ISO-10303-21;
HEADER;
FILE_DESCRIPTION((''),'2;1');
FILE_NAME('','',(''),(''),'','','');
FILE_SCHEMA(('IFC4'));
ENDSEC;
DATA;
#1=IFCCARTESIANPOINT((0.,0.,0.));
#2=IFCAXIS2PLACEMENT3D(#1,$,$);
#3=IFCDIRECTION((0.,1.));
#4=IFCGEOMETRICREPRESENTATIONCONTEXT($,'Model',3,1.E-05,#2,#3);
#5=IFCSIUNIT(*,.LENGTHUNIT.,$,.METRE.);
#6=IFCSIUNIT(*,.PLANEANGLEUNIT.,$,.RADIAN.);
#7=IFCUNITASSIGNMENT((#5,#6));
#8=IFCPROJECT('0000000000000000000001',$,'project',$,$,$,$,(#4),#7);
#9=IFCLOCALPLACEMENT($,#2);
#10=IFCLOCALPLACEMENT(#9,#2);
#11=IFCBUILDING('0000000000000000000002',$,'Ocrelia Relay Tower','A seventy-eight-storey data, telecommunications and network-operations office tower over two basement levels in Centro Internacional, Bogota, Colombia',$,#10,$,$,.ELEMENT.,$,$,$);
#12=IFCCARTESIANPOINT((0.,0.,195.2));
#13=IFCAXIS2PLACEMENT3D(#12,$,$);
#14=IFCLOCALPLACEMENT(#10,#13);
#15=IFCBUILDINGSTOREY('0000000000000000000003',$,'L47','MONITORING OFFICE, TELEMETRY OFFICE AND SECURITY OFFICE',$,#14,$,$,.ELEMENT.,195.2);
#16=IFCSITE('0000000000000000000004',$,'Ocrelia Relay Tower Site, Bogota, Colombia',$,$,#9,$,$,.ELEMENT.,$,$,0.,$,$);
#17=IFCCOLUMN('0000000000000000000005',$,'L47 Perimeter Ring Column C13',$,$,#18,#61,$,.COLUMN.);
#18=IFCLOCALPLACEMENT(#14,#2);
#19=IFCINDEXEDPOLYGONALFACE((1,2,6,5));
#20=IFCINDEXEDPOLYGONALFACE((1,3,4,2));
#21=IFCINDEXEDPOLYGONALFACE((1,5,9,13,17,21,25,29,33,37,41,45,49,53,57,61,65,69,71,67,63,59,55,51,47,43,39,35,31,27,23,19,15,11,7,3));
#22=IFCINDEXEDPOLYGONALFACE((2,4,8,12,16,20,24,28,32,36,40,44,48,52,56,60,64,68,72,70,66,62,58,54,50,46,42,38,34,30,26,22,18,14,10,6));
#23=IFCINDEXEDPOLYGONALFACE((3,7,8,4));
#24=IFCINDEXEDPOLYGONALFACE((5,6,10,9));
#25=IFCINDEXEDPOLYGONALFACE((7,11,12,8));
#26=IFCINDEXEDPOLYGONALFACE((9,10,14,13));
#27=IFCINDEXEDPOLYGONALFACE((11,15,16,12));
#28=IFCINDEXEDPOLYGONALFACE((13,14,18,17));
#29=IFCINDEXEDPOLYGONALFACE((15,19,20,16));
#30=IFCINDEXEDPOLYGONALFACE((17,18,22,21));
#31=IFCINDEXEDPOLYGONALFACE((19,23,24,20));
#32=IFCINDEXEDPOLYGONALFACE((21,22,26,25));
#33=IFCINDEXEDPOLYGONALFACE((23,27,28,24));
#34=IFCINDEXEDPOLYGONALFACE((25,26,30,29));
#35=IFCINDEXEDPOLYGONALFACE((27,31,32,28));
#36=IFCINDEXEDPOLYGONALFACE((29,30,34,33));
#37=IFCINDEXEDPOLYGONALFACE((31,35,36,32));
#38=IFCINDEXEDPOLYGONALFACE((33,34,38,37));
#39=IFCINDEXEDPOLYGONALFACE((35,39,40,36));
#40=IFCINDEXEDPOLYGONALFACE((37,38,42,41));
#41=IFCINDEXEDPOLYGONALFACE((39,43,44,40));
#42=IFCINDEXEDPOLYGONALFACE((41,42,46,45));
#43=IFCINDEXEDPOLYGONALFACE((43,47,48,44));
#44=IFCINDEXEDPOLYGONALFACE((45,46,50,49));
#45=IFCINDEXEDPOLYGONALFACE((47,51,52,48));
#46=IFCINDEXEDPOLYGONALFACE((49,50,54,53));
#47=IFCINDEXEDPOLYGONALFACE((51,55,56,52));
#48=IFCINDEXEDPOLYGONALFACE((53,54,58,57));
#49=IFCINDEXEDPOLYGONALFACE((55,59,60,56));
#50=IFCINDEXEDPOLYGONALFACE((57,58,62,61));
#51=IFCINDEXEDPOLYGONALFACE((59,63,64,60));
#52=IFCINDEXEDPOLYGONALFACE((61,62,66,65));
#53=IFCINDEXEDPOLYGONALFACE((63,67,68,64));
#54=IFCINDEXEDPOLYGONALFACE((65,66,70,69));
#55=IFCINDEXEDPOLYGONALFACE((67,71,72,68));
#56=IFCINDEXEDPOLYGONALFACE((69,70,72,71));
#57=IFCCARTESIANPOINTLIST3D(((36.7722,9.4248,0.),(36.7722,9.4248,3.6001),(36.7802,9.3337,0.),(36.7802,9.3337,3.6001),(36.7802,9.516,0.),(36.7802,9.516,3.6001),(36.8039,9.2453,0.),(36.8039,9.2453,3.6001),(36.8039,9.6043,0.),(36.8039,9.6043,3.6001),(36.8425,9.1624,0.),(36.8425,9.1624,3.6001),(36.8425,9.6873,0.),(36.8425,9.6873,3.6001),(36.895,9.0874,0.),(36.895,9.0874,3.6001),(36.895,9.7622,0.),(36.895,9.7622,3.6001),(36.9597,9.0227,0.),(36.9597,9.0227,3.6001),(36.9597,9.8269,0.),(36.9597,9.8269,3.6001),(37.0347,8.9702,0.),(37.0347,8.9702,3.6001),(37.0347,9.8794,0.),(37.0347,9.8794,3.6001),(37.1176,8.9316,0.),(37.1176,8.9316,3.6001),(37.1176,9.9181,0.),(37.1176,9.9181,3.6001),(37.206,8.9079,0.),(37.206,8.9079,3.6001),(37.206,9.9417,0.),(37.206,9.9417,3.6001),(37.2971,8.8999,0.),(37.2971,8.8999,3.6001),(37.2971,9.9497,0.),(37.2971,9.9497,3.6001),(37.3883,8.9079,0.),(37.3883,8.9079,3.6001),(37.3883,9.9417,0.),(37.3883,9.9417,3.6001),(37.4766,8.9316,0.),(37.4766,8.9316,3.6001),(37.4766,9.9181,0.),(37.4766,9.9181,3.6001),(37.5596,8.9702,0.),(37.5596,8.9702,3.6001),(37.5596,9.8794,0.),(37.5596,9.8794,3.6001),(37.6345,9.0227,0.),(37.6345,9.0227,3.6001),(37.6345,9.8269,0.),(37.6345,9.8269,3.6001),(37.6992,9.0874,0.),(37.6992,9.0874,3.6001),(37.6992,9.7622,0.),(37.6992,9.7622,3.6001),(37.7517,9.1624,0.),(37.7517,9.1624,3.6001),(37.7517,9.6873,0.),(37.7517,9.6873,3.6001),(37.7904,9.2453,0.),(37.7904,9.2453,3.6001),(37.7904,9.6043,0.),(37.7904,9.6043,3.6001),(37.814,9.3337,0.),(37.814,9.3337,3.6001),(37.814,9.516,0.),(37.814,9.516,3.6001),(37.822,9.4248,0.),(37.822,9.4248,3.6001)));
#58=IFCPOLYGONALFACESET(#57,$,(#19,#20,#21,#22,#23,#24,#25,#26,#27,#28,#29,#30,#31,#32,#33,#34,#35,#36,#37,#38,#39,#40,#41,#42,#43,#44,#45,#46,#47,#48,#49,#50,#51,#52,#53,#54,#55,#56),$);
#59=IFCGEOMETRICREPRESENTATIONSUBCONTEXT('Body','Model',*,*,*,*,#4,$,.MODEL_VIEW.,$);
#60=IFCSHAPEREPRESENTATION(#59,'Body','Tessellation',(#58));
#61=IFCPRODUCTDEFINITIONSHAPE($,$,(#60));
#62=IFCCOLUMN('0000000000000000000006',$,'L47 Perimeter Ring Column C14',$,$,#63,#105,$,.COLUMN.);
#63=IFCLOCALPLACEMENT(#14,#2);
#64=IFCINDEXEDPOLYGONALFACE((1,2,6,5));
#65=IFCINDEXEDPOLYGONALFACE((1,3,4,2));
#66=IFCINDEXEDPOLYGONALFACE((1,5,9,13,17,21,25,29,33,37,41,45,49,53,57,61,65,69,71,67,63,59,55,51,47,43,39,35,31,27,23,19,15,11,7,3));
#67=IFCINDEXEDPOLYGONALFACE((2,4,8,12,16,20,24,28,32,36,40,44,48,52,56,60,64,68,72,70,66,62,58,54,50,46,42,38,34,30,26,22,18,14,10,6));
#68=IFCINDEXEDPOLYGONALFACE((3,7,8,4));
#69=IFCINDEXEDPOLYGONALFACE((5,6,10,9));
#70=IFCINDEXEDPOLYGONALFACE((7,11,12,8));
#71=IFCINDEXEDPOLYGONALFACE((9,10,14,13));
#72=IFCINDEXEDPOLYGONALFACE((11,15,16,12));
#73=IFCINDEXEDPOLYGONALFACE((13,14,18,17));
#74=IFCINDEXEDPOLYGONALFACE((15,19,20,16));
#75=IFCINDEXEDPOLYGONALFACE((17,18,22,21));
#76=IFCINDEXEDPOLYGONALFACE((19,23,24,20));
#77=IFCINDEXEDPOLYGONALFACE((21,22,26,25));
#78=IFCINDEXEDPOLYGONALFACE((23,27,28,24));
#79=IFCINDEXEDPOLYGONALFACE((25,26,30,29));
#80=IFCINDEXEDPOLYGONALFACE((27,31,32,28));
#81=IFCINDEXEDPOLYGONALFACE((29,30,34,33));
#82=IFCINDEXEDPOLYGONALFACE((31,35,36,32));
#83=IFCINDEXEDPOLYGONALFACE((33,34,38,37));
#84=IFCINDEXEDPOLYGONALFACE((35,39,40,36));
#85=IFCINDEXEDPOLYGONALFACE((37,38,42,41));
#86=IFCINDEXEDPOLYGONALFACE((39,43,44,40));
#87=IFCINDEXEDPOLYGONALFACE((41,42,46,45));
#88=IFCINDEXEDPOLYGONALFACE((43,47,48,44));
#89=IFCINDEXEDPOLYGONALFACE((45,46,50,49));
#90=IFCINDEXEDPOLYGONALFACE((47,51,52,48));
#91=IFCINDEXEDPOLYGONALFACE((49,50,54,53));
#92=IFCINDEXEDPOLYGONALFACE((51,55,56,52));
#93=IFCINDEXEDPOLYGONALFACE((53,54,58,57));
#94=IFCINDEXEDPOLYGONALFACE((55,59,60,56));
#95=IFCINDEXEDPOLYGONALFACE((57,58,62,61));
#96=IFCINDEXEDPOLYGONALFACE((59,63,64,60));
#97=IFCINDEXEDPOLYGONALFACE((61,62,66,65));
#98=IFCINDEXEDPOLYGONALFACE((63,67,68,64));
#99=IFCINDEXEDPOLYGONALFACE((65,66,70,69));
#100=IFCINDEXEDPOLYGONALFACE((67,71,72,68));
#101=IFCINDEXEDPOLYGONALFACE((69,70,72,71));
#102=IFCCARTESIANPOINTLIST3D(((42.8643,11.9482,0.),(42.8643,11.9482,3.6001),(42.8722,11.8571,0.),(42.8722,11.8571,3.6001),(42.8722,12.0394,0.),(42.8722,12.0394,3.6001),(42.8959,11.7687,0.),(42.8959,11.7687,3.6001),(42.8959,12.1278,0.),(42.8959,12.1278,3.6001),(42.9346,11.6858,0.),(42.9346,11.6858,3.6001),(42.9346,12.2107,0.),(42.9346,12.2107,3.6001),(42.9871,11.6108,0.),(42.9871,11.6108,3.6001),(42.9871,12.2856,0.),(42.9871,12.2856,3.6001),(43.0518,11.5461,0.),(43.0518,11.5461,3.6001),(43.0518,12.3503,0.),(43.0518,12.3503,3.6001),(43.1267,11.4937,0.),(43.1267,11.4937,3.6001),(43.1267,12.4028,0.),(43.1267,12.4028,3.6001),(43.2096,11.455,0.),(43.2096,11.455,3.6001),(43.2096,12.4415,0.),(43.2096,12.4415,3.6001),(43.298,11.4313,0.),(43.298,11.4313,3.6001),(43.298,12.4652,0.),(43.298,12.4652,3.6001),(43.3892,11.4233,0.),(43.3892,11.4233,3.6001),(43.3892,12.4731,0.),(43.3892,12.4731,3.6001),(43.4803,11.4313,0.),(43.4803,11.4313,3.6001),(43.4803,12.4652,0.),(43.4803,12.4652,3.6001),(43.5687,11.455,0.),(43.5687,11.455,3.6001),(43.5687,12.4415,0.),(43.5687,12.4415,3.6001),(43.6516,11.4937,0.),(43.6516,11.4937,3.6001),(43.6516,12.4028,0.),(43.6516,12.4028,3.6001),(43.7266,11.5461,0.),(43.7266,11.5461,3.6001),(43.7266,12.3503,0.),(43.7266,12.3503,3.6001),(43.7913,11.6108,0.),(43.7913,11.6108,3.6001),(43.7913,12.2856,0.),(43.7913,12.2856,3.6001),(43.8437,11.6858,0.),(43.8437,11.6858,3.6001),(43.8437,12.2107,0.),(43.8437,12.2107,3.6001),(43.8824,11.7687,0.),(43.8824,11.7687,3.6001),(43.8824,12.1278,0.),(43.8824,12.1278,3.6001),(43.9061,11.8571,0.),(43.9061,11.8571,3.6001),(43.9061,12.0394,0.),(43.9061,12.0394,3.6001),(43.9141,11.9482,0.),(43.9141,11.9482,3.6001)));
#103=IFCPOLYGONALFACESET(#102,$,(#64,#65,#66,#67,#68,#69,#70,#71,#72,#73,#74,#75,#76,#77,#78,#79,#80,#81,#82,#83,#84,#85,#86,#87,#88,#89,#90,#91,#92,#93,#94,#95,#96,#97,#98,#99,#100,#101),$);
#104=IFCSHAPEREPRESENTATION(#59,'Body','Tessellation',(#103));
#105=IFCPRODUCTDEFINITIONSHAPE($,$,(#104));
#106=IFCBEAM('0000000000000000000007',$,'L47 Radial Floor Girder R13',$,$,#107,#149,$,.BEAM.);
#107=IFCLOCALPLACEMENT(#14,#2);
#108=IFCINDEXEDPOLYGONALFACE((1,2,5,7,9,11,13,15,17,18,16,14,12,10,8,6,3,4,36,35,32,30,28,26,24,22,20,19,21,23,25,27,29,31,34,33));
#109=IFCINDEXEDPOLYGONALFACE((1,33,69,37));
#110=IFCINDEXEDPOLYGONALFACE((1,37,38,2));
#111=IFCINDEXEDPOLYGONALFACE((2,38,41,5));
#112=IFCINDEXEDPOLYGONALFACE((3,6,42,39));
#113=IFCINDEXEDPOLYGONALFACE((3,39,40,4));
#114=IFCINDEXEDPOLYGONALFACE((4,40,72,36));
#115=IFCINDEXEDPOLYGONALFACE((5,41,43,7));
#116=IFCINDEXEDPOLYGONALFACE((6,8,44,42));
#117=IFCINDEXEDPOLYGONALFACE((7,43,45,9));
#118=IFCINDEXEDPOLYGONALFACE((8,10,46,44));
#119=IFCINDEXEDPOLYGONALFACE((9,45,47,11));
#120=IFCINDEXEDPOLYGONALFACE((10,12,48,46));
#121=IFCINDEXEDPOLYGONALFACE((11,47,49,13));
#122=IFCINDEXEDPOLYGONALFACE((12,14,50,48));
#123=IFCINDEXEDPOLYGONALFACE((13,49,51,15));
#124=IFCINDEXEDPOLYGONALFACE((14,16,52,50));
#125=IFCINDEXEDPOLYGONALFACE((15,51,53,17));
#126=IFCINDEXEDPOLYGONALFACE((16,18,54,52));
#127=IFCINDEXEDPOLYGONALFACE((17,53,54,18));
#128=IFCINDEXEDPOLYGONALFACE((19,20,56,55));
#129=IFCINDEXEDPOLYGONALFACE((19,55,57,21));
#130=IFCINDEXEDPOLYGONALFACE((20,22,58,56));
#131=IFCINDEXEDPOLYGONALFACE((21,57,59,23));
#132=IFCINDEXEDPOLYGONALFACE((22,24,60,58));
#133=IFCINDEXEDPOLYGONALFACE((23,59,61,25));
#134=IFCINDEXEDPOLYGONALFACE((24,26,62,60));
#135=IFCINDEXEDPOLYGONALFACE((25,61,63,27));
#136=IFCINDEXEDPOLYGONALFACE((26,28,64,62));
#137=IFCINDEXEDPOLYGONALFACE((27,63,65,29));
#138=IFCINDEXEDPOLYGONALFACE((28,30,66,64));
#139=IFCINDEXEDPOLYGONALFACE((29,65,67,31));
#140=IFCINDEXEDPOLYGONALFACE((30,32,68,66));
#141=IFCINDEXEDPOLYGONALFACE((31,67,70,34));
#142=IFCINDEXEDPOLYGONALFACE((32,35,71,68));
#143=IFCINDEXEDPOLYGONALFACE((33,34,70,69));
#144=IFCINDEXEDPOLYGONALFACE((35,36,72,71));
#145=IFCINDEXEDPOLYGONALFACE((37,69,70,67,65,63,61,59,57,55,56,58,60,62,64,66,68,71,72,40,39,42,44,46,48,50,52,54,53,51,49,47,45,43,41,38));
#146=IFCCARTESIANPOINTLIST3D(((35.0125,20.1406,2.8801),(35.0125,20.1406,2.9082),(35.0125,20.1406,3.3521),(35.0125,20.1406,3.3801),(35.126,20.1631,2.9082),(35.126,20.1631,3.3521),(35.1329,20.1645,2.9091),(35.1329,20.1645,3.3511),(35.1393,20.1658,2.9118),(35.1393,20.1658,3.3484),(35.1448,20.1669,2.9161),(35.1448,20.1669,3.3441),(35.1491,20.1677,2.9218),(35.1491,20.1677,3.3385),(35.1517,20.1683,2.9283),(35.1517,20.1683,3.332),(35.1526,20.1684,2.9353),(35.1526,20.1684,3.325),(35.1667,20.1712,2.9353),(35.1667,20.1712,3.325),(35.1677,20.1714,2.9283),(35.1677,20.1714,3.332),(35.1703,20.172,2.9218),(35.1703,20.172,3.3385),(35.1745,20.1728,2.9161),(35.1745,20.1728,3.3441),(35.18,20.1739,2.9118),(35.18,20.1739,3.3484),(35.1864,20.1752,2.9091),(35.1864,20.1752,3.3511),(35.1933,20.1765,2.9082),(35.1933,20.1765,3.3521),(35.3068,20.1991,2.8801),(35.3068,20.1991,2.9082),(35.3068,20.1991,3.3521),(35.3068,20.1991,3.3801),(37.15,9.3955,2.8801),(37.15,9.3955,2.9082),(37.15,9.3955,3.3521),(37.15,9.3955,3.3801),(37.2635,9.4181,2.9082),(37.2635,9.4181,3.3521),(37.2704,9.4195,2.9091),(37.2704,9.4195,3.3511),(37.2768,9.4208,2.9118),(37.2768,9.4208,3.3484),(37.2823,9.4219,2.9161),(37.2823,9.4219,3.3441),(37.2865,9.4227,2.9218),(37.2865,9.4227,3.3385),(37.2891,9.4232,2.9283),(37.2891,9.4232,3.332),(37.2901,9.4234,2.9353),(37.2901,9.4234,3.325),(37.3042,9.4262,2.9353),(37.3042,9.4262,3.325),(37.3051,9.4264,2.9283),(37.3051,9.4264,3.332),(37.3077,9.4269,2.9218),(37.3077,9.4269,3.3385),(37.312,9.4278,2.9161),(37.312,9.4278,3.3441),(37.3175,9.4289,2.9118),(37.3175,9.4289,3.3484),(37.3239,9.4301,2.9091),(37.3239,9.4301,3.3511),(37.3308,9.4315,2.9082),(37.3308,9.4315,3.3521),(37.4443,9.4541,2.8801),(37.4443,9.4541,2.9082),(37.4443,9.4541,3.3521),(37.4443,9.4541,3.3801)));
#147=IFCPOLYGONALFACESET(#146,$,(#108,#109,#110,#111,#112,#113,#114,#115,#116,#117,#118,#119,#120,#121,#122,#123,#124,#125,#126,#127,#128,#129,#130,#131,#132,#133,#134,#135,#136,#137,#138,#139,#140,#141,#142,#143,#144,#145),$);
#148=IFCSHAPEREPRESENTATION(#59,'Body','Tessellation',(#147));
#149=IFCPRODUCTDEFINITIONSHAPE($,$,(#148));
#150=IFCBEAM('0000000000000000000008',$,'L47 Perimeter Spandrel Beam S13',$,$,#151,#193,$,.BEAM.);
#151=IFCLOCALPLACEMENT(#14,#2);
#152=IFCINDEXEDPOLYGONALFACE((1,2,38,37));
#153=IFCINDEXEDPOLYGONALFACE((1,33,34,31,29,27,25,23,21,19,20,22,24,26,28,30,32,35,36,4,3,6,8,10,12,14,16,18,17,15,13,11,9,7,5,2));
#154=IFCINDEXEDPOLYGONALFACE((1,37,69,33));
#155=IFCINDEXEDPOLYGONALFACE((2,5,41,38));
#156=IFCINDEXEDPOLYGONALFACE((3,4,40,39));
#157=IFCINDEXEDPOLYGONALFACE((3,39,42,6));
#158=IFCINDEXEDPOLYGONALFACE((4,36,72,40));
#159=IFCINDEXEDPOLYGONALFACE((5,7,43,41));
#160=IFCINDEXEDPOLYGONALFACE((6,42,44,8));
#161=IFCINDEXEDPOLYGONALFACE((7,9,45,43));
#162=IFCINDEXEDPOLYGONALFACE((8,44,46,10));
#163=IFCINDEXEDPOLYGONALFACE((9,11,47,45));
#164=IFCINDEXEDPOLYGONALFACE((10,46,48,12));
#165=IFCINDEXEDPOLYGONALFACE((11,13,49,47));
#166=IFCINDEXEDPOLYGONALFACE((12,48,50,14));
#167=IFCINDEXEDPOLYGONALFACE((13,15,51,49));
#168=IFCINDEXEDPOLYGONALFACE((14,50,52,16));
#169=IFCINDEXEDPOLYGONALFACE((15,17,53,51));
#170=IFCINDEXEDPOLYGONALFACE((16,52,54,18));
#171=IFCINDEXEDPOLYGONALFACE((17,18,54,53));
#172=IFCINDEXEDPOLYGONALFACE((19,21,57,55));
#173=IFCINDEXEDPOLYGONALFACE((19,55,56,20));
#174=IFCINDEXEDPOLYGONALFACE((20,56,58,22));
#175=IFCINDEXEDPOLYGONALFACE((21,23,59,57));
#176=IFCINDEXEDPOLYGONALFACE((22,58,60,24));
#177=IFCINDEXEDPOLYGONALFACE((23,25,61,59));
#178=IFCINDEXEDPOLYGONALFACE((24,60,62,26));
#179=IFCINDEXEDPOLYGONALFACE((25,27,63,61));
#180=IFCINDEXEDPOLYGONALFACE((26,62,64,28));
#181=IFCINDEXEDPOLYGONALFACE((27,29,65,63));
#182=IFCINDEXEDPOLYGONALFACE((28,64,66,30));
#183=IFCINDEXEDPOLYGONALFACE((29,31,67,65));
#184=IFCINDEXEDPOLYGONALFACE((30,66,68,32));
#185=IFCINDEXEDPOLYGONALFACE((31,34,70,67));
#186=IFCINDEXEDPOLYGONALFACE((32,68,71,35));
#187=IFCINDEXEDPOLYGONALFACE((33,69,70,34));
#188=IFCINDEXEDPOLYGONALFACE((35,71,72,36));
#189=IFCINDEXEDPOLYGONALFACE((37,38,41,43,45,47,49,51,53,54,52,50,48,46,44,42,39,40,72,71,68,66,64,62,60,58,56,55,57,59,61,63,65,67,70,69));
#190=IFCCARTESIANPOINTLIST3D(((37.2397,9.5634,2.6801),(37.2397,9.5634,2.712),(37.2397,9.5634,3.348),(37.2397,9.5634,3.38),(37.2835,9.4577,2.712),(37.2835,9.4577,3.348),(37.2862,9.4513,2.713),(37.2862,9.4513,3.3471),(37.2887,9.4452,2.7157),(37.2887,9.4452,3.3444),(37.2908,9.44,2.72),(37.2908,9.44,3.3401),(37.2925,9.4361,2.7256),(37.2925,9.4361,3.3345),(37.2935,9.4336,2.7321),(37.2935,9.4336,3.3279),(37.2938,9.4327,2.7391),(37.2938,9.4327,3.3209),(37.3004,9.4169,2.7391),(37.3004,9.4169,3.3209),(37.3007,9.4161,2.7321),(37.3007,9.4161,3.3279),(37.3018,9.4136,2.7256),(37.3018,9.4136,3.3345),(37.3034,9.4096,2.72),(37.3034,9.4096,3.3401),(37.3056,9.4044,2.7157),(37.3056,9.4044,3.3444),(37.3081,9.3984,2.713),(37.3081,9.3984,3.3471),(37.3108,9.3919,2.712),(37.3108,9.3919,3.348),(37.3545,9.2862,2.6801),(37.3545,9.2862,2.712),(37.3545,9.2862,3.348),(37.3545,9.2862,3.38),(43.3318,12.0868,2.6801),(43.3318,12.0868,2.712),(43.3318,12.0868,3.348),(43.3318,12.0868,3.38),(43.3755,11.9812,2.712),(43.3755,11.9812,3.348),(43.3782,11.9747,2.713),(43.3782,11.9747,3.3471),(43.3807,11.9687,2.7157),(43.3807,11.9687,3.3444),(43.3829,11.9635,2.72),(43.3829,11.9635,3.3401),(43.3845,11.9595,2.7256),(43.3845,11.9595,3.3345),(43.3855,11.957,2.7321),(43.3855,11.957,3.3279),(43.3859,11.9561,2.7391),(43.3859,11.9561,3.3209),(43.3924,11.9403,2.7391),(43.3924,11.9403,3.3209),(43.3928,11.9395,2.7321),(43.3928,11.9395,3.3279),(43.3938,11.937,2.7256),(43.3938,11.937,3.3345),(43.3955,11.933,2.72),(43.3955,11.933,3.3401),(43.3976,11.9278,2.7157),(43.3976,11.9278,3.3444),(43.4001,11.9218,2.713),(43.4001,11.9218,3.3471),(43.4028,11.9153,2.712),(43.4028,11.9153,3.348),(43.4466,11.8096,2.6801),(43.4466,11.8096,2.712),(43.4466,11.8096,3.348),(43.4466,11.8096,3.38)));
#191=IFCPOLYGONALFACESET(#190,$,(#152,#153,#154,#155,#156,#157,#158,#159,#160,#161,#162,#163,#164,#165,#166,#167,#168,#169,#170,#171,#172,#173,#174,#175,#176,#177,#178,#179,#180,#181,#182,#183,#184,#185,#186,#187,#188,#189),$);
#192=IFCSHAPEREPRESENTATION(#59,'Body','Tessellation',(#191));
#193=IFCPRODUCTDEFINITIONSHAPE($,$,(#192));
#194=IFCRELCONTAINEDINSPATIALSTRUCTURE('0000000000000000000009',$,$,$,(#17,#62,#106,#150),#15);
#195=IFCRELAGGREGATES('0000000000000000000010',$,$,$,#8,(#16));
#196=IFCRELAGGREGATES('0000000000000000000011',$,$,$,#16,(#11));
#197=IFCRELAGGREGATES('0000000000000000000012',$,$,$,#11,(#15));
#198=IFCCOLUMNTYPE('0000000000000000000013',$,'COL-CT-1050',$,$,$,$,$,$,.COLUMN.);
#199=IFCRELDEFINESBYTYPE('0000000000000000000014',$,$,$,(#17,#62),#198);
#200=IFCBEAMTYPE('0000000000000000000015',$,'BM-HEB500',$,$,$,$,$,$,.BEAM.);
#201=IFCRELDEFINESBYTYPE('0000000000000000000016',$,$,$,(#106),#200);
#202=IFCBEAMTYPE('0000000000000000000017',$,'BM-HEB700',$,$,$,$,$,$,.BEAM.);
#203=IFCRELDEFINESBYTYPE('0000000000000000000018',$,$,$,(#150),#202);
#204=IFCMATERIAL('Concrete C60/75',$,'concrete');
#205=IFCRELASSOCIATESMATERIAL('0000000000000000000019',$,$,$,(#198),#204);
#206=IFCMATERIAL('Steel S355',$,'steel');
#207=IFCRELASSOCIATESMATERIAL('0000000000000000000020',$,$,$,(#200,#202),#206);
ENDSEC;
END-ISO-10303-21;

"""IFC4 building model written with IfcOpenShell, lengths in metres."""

from ifc_helpers import new_model, si_unit, direction, frame, origin, origin_2d, place, context, subcontext, project, spatial, circle, i_section, extrude, material, material_profile, profile_set, type_object, element, save


model = new_model("IFC4")

# Units and contexts
model_context = context("Model", 3, precision=1e-05, world=origin(), true_north=direction((0.0, 1.0)))
body_context = subcontext(model_context, "Body", "Model", "MODEL_VIEW")
ifc_project = project(units=[si_unit("LENGTHUNIT", "METRE"), si_unit("PLANEANGLEUNIT", "RADIAN")], contexts=[model_context])

# Site, building, storey
site_placement = place(None, origin())
site = spatial("IfcSite", under=ifc_project, at=site_placement, Name="Ocrelia Relay Tower Site, Bogota, Colombia", CompositionType="ELEMENT", RefElevation=0.0)
building_placement = place(site_placement, origin())
building = spatial("IfcBuilding", under=site, at=building_placement, Name="Ocrelia Relay Tower", Description="A seventy-eight-storey data, telecommunications and network-operations office tower over two basement levels in Centro Internacional, Bogota, Colombia", CompositionType="ELEMENT")
storey_placement = place(building_placement, frame((0.0, 0.0, 195.2)))
storey = spatial("IfcBuildingStorey", under=building, at=storey_placement, Name="L47", Description="MONITORING OFFICE, TELEMETRY OFFICE AND SECURITY OFFICE", CompositionType="ELEMENT", Elevation=195.2)

# Columns
ifc_material_1 = material(Name="Concrete C60/75", Category="concrete")
ifc_material_profile_1 = material_profile(ifc_material_1, circle(Radius=0.5249, at=origin_2d()), Name="RC-CIR-1050")
ifc_profile_set_1 = profile_set([ifc_material_profile_1], Name="Concrete C60/75")
column_type = type_object("IfcColumnType", Name="COL-CT-1050", PredefinedType="COLUMN", material=ifc_profile_set_1)
for number, where, z_axis, x_axis, name in (
    (1, (37.2971, 9.4248, 0.0), (0.0, 0.0, 1.0), (1.0, 0.0, 0.0), "L47 Perimeter Ring Column C13"),
    (2, (43.3892, 11.9482, 0.0), (0.0, 0.0, 1.0), (1.0, 0.0, 0.0), "L47 Perimeter Ring Column C14"),
):
    element("IfcColumn", number, at=place(storey_placement, frame(where, z_axis=z_axis, x_axis=x_axis)), inside=storey, type_object=column_type, Name=name, PredefinedType="COLUMN", context=body_context, shape_type="SweptSolid", body=[
        extrude(circle(Radius=0.5249, at=origin_2d()), origin(), (0.0, 0.0, 1.0), 3.6001),
    ])

# Beams
ifc_material_2 = material(Name="Steel S355", Category="steel")
ifc_material_profile_2 = material_profile(ifc_material_2, i_section(OverallWidth=0.3, OverallDepth=0.5, WebThickness=0.0144, FlangeThickness=0.0281, FilletRadius=0.0271, at=origin_2d()), Name="HEB 500")
ifc_profile_set_2 = profile_set([ifc_material_profile_2], Name="Steel S355")
beam_type_1 = type_object("IfcBeamType", Name="BM-HEB500", PredefinedType="BEAM", material=ifc_profile_set_2)
beam_1_placement = place(storey_placement, frame((37.2971, 9.4248, 3.1301), z_axis=(-0.1951, 0.980783, 0.0), x_axis=(-0.980783, -0.1951, 0.0)))
element("IfcBeam", 3, at=beam_1_placement, inside=storey, type_object=beam_type_1, Name="L47 Radial Floor Girder R13", PredefinedType="BEAM", context=body_context, shape_type="SweptSolid", body=[
    extrude(i_section(OverallWidth=0.3, OverallDepth=0.5, WebThickness=0.0144, FlangeThickness=0.0281, FilletRadius=0.0271, at=origin_2d()), origin(), (0.0, 0.0, 1.0), 10.9556),
])
ifc_material_profile_3 = material_profile(ifc_material_2, i_section(OverallWidth=0.3, OverallDepth=0.7, WebThickness=0.0171, FlangeThickness=0.032, FilletRadius=0.0271, at=origin_2d()), Name="HEB 700")
ifc_profile_set_3 = profile_set([ifc_material_profile_3], Name="Steel S355")
beam_type_2 = type_object("IfcBeamType", Name="BM-HEB700", PredefinedType="BEAM", material=ifc_profile_set_3)
beam_2_placement = place(storey_placement, frame((37.2971, 9.4248, 3.03), z_axis=(0.923878, 0.382688, 0.0), x_axis=(-0.382688, 0.923878, 0.0)))
element("IfcBeam", 4, at=beam_2_placement, inside=storey, type_object=beam_type_2, Name="L47 Perimeter Spandrel Beam S13", PredefinedType="BEAM", context=body_context, shape_type="SweptSolid", body=[
    extrude(i_section(OverallWidth=0.3, OverallDepth=0.7, WebThickness=0.0171, FlangeThickness=0.032, FilletRadius=0.0271, at=origin_2d()), origin(), (0.0, 0.0, 1.0), 6.594),
])

save(model, "model.ifc")
